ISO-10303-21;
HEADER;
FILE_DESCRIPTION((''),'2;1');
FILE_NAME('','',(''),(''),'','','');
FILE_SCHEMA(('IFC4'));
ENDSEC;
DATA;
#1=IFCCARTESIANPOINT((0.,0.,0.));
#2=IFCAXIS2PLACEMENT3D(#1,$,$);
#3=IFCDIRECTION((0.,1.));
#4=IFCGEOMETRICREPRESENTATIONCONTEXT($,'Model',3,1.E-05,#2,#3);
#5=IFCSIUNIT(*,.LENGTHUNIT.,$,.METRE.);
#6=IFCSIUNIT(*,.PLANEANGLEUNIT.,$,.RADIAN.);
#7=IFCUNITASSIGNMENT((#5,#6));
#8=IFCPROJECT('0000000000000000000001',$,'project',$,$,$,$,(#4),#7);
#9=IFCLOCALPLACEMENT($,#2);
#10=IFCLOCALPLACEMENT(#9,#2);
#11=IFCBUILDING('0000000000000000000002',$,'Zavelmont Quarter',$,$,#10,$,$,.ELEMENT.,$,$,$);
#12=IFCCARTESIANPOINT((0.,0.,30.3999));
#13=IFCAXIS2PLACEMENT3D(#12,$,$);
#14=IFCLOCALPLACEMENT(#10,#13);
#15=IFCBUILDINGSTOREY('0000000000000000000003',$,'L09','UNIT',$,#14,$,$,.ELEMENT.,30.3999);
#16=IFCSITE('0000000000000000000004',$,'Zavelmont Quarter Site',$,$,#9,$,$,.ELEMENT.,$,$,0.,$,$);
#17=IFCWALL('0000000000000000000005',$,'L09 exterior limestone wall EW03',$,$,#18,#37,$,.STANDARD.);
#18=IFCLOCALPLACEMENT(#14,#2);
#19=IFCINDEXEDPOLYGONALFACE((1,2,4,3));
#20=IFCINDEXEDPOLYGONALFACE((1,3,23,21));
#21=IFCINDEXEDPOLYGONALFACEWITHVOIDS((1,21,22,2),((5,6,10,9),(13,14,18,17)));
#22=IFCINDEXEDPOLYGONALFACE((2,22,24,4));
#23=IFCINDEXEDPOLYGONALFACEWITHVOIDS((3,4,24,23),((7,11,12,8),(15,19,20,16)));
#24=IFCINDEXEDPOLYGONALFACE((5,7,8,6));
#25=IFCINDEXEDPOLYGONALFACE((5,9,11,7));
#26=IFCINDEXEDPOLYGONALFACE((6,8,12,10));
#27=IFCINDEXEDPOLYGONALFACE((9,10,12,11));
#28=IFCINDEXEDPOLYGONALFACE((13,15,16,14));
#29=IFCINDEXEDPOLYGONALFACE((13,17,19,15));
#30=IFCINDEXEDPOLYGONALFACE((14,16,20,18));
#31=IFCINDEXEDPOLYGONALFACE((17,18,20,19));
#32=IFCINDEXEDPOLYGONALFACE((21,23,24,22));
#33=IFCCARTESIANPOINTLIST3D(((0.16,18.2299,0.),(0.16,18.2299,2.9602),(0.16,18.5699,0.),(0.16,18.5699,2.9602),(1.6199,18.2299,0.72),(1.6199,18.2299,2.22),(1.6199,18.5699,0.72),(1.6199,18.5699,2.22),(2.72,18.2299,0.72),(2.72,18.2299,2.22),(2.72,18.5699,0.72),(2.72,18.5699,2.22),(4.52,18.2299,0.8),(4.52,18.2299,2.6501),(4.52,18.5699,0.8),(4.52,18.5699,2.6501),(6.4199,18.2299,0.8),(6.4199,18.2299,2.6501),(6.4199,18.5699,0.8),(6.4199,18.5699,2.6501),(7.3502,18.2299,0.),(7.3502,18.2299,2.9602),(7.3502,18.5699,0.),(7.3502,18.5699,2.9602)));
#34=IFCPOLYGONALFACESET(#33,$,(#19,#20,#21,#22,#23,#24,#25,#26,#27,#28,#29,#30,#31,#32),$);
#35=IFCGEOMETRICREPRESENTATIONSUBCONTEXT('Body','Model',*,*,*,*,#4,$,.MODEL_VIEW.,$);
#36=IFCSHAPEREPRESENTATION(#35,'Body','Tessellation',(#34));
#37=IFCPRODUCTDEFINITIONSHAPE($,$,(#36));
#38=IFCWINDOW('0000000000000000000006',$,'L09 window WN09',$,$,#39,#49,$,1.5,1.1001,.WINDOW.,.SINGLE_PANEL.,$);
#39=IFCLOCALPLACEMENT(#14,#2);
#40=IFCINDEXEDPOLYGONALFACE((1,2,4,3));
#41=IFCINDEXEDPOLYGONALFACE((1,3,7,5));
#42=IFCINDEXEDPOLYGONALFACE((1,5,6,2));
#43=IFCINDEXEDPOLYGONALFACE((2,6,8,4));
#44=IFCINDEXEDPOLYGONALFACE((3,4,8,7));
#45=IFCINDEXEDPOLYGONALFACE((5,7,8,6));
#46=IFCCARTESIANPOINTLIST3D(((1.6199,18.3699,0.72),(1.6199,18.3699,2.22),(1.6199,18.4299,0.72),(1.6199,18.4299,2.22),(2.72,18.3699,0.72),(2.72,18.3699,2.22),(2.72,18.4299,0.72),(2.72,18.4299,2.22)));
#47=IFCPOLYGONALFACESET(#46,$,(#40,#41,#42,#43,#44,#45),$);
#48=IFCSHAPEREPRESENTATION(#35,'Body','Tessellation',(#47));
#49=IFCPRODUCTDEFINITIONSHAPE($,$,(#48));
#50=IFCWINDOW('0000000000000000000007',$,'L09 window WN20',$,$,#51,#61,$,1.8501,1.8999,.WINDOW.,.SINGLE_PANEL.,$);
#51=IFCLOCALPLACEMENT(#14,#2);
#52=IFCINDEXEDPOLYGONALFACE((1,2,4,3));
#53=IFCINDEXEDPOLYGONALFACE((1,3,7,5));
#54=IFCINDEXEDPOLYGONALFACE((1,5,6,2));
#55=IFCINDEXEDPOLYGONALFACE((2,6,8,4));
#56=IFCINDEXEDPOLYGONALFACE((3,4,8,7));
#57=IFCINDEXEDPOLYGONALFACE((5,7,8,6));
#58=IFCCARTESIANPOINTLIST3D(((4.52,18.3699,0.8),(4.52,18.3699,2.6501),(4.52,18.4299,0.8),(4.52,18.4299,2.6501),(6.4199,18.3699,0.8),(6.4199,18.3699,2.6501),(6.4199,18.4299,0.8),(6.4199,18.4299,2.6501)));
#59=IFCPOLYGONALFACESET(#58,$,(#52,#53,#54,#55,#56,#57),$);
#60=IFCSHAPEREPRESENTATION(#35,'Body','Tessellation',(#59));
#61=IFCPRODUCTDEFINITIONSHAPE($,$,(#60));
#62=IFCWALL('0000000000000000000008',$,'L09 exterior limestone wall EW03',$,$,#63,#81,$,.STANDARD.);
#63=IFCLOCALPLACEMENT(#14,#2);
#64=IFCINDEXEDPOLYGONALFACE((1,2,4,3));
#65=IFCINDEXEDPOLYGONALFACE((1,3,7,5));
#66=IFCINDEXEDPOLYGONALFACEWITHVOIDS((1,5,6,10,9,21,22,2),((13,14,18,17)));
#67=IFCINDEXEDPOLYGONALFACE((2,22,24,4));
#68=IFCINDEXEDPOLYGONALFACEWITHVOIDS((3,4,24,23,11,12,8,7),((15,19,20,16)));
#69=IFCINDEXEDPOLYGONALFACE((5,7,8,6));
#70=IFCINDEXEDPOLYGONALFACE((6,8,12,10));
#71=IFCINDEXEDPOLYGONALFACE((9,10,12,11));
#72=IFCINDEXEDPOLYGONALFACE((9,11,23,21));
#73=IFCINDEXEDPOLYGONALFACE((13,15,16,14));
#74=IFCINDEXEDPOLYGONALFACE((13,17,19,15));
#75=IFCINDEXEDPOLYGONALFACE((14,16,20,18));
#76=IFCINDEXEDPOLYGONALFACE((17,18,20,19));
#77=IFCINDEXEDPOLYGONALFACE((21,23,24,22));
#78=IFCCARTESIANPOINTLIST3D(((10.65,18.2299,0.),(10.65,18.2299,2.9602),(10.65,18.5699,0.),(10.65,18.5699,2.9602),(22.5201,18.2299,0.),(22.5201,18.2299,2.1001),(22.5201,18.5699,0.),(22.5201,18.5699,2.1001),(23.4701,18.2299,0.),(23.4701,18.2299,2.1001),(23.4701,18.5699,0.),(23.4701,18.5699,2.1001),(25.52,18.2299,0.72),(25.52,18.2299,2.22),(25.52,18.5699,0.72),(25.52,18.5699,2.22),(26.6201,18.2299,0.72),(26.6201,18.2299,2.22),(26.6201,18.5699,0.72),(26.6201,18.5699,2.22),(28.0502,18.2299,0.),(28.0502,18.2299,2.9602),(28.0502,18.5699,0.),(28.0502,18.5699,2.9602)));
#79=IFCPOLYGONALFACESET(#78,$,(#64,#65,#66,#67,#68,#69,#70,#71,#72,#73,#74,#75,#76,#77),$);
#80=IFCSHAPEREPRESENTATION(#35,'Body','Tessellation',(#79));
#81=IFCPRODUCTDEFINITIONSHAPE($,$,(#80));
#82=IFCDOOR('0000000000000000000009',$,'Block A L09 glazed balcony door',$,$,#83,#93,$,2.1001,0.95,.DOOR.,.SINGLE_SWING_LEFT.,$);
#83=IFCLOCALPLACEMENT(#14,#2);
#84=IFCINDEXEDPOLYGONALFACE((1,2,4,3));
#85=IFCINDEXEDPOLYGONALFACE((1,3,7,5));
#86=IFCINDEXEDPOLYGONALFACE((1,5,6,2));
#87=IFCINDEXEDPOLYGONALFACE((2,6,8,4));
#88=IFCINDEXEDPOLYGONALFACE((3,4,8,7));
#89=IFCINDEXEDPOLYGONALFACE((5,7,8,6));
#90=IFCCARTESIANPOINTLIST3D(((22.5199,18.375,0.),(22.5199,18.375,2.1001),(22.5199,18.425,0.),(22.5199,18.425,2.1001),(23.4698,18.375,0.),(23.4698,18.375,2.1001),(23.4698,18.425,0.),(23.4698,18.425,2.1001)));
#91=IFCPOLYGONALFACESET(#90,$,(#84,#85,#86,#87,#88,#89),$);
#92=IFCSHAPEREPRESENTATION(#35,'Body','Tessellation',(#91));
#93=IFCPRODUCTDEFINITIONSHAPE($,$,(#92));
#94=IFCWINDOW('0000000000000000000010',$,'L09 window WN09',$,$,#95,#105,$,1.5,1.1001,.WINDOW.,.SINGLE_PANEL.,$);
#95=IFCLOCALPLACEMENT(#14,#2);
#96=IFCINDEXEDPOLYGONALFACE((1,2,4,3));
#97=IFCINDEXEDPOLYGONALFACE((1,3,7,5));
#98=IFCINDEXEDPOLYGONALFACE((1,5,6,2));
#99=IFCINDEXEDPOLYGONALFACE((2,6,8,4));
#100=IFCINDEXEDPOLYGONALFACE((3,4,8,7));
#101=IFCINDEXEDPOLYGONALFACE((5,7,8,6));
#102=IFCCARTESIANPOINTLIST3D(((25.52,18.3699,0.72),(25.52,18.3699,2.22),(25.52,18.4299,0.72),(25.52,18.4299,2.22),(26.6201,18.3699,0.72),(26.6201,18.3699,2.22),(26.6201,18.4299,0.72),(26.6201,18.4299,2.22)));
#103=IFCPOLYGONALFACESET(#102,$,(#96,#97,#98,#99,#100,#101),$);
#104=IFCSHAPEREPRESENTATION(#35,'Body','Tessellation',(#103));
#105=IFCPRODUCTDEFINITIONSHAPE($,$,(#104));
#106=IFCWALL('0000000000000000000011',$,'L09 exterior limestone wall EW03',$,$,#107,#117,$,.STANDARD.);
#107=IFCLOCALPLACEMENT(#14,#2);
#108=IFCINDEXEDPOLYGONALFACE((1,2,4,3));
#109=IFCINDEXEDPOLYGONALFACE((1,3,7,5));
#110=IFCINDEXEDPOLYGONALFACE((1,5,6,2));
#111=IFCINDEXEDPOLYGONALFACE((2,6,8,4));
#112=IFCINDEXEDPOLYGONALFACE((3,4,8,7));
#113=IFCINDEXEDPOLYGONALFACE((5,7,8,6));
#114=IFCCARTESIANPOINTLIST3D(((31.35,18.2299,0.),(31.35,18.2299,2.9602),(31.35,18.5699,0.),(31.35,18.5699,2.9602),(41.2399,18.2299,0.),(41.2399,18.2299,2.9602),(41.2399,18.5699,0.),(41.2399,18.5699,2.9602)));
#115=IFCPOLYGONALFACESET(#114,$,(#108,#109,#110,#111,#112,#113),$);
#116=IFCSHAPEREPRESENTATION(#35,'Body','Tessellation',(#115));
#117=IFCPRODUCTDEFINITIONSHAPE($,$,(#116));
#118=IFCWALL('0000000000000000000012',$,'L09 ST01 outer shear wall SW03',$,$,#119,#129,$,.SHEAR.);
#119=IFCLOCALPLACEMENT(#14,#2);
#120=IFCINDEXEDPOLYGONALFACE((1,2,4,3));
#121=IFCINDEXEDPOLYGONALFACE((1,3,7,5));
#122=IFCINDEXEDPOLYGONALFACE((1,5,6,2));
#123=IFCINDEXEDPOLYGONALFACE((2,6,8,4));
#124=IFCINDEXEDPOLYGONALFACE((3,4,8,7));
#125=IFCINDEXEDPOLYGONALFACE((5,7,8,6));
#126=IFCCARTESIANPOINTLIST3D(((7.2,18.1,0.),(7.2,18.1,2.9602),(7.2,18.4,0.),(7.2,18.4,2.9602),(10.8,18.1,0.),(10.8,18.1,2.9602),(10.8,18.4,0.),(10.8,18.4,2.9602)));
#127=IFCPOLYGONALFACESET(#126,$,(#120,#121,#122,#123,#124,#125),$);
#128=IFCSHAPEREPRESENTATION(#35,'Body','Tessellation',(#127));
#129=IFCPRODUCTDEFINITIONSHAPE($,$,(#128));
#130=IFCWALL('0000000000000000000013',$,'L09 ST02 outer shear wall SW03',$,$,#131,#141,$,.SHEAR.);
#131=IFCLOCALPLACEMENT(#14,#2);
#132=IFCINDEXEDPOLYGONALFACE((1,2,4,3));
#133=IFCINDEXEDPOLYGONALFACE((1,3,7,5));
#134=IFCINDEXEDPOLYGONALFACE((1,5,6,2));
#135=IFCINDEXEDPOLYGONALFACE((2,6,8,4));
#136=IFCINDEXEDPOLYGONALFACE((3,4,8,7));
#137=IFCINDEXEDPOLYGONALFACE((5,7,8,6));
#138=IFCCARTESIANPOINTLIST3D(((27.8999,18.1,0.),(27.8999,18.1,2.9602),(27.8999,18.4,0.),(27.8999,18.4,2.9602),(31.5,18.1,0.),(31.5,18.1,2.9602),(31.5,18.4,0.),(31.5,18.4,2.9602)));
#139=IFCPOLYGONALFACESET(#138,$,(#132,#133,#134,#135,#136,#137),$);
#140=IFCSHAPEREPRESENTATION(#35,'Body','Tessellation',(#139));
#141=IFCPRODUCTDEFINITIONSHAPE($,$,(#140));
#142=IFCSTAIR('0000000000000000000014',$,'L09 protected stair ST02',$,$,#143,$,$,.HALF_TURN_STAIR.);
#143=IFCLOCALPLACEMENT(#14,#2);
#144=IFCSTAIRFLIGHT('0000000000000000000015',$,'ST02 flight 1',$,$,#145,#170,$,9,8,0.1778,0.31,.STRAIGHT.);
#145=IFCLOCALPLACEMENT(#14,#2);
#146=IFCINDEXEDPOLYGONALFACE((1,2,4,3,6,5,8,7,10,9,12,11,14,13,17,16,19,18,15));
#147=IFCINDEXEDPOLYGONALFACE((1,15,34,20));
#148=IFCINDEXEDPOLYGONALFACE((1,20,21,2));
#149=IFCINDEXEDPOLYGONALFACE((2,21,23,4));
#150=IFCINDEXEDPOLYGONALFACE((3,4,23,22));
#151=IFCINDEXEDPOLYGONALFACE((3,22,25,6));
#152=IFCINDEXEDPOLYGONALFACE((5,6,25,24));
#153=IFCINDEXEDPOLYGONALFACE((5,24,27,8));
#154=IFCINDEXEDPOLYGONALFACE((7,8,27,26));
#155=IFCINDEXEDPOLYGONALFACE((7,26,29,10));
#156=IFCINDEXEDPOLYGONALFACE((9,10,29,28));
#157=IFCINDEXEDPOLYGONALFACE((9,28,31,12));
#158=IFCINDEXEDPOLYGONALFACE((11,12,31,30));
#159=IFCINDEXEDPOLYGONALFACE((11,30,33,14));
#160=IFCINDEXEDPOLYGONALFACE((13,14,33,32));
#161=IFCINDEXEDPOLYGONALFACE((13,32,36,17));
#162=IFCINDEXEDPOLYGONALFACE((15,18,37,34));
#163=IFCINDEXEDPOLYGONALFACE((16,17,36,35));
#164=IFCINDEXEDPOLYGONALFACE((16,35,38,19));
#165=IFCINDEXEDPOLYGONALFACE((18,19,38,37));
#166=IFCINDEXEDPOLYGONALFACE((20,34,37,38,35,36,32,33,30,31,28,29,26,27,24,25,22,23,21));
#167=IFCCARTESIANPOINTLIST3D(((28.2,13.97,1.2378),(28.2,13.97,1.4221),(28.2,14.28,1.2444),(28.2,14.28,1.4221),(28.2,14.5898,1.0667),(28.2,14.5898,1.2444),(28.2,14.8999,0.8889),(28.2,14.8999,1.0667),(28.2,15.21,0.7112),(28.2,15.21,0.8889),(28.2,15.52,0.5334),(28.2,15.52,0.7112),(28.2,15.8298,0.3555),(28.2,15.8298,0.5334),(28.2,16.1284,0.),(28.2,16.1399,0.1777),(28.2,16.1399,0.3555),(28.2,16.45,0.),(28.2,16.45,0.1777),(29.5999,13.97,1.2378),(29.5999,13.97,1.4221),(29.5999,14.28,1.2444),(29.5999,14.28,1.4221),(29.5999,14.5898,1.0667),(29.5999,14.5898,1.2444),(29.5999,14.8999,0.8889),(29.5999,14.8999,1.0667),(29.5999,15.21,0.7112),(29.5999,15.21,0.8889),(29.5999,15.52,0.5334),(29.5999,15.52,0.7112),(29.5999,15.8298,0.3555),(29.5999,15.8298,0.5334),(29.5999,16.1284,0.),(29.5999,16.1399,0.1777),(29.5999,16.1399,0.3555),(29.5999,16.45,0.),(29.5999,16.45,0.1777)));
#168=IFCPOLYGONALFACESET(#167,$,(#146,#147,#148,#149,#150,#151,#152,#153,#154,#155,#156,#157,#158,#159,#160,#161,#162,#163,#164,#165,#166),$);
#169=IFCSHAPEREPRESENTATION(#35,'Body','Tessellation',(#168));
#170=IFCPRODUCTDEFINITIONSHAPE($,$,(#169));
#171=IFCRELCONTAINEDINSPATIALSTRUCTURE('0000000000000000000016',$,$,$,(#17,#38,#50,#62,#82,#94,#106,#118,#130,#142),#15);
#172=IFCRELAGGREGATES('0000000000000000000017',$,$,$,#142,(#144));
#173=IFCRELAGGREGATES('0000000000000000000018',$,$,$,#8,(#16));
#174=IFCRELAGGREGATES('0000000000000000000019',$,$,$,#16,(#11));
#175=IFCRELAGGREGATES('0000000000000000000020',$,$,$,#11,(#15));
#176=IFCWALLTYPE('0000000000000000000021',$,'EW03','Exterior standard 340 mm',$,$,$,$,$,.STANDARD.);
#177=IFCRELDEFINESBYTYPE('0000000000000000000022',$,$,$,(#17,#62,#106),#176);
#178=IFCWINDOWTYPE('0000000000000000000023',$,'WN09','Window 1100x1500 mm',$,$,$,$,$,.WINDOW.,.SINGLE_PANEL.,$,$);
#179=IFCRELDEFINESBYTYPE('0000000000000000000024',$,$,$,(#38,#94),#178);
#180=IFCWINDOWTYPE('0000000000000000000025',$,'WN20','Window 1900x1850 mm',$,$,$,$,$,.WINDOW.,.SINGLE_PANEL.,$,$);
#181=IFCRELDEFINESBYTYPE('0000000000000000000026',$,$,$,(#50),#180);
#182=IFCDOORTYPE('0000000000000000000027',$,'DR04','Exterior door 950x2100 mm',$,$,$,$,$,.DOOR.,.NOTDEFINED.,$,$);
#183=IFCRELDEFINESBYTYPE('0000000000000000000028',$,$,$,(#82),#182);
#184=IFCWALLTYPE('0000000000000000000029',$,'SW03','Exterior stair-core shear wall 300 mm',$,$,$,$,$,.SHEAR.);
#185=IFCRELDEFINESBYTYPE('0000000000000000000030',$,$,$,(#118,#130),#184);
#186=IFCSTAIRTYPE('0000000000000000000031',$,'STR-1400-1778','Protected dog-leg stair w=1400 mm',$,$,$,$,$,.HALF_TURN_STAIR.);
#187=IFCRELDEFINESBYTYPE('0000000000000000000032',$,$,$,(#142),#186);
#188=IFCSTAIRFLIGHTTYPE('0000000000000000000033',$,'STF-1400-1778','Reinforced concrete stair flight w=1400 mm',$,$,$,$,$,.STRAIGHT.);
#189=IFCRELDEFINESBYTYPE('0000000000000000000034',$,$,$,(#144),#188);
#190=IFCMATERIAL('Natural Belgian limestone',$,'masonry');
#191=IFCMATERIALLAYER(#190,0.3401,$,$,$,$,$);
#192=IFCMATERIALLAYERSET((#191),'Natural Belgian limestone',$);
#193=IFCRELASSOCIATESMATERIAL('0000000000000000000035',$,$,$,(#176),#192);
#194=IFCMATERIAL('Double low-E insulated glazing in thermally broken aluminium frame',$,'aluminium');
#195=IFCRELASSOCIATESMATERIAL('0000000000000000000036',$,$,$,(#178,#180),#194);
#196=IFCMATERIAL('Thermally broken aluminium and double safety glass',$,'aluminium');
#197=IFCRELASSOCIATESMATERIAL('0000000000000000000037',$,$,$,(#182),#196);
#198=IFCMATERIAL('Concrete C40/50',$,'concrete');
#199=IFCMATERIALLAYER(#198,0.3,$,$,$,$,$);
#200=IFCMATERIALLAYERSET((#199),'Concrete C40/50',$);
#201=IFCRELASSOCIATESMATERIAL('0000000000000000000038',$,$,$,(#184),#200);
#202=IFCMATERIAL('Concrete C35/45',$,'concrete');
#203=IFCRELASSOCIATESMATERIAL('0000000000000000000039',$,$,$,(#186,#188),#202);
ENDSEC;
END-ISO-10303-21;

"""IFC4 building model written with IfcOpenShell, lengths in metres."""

from ifc_helpers import new_model, si_unit, direction, frame, frame_2d, origin, origin_with_axes, place, context, subcontext, project, spatial, polyline, rectangle, outline, extrude, material, layer, layer_set, type_object, element, fill, aggregate, save


model = new_model("IFC4")

# Units and contexts
model_context = context("Model", 3, precision=1e-05, world=origin(), true_north=direction((0.0, 1.0)))
body_context = subcontext(model_context, "Body", "Model", "MODEL_VIEW")
ifc_project = project(units=[si_unit("LENGTHUNIT", "METRE"), si_unit("PLANEANGLEUNIT", "RADIAN")], contexts=[model_context])

# Site, building, storey
site_placement = place(None, origin())
site = spatial("IfcSite", under=ifc_project, at=site_placement, Name="Zavelmont Quarter Site", CompositionType="ELEMENT", RefElevation=0.0)
building_placement = place(site_placement, origin())
building = spatial("IfcBuilding", under=site, at=building_placement, Name="Zavelmont Quarter", CompositionType="ELEMENT")
storey_placement = place(building_placement, frame((0.0, 0.0, 30.3999)))
storey = spatial("IfcBuildingStorey", under=building, at=storey_placement, Name="L09", Description="UNIT", CompositionType="ELEMENT", Elevation=30.3999)

# Shared definitions
ifc_material_1 = material(Name="Concrete C35/45", Category="concrete")

# Shared definitions
ifc_material_2 = material(Name="Concrete C40/50", Category="concrete")

# Wall, openings, windows
ifc_material_3 = material(Name="Natural Belgian limestone", Category="masonry")
ifc_layer_1 = layer(ifc_material_3, 0.3401)
ifc_layer_set_1 = layer_set([ifc_layer_1], Name="Natural Belgian limestone")
wall_type_1 = type_object("IfcWallType", Name="EW03", Description="Exterior standard 340 mm", PredefinedType="STANDARD", material=ifc_layer_set_1)
wall_1_placement = place(storey_placement, frame((0.1599, 18.3999, 0.0), z_axis=(0.0, 0.0, 1.0), x_axis=(1.0, 0.0, 0.0)))
wall_1 = element("IfcWall", 1, at=wall_1_placement, inside=storey, type_object=wall_type_1, Name="L09 exterior limestone wall EW03", PredefinedType="STANDARD", context=body_context, shape_type="SweptSolid", body=[
    extrude(rectangle(XDim=7.1902, YDim=0.3401, at=frame_2d((3.5952, 0.0))), origin(), (0.0, 0.0, 1.0), 2.9602),
])
opening_1_placement = place(wall_1_placement, frame((1.46, 0.0, 0.72)))
opening_1 = element("IfcOpeningElement", 2, at=opening_1_placement, cuts=wall_1, PredefinedType="OPENING", context=body_context, shape_type="SweptSolid", body=[
    extrude(rectangle(XDim=1.1001, YDim=1.5, at=frame_2d((0.55, 0.75))), frame((0.0, 0.1821, 0.0), z_axis=(0.0, -1.0, 0.0), x_axis=(1.0, 0.0, 0.0)), (0.0, 0.0, 1.0), 0.364),
])
opening_2_placement = place(wall_1_placement, frame((4.3601, 0.0, 0.8)))
opening_2 = element("IfcOpeningElement", 3, at=opening_2_placement, cuts=wall_1, PredefinedType="OPENING", context=body_context, shape_type="SweptSolid", body=[
    extrude(rectangle(XDim=1.8999, YDim=1.8501, at=frame_2d((0.95, 0.925))), frame((0.0, 0.1821, 0.0), z_axis=(0.0, -1.0, 0.0), x_axis=(1.0, 0.0, 0.0)), (0.0, 0.0, 1.0), 0.364),
])
ifc_material_4 = material(Name="Double low-E insulated glazing in thermally broken aluminium frame", Category="aluminium")
window_type_1 = type_object("IfcWindowType", Name="WN09", Description="Window 1100x1500 mm", PartitioningType="SINGLE_PANEL", PredefinedType="WINDOW", material=ifc_material_4)
window_1_placement = place(opening_1_placement, origin_with_axes())
window_1 = element("IfcWindow", 4, at=window_1_placement, inside=storey, type_object=window_type_1, Name="L09 window WN09", OverallHeight=1.5, OverallWidth=1.1001, PartitioningType="SINGLE_PANEL", PredefinedType="WINDOW", context=body_context, shape_type="SweptSolid", body=[
    extrude(rectangle(XDim=1.1001, YDim=1.5, at=frame_2d((0.55, 0.75))), frame((0.0, 0.03, 0.0), z_axis=(0.0, -1.0, 0.0), x_axis=(1.0, 0.0, 0.0)), (0.0, 0.0, 1.0), 0.0601),
])
fill(opening_1, window_1)
window_type_2 = type_object("IfcWindowType", Name="WN20", Description="Window 1900x1850 mm", PartitioningType="SINGLE_PANEL", PredefinedType="WINDOW", material=ifc_material_4)
window_2_placement = place(opening_2_placement, origin_with_axes())
window_2 = element("IfcWindow", 5, at=window_2_placement, inside=storey, type_object=window_type_2, Name="L09 window WN20", OverallHeight=1.8501, OverallWidth=1.8999, PartitioningType="SINGLE_PANEL", PredefinedType="WINDOW", context=body_context, shape_type="SweptSolid", body=[
    extrude(rectangle(XDim=1.8999, YDim=1.8501, at=frame_2d((0.95, 0.925))), frame((0.0, 0.03, 0.0), z_axis=(0.0, -1.0, 0.0), x_axis=(1.0, 0.0, 0.0)), (0.0, 0.0, 1.0), 0.0601),
])
fill(opening_2, window_2)

# Wall, openings, door, window
wall_2_placement = place(storey_placement, frame((10.6499, 18.3999, 0.0), z_axis=(0.0, 0.0, 1.0), x_axis=(1.0, 0.0, 0.0)))
wall_2 = element("IfcWall", 6, at=wall_2_placement, inside=storey, type_object=wall_type_1, Name="L09 exterior limestone wall EW03", PredefinedType="STANDARD", context=body_context, shape_type="SweptSolid", body=[
    extrude(rectangle(XDim=17.4001, YDim=0.3401, at=frame_2d((8.7002, 0.0))), origin(), (0.0, 0.0, 1.0), 2.9602),
])
opening_3_placement = place(wall_2_placement, frame((11.8701, 0.0, 0.0)))
opening_3 = element("IfcOpeningElement", 7, at=opening_3_placement, cuts=wall_2, PredefinedType="OPENING", context=body_context, shape_type="SweptSolid", body=[
    extrude(rectangle(XDim=0.95, YDim=2.1001, at=frame_2d((0.4751, 1.05))), frame((0.0, 0.1821, 0.0), z_axis=(0.0, -1.0, 0.0), x_axis=(1.0, 0.0, 0.0)), (0.0, 0.0, 1.0), 0.364),
])
opening_4_placement = place(wall_2_placement, frame((14.8701, 0.0, 0.72)))
opening_4 = element("IfcOpeningElement", 8, at=opening_4_placement, cuts=wall_2, PredefinedType="OPENING", context=body_context, shape_type="SweptSolid", body=[
    extrude(rectangle(XDim=1.1001, YDim=1.5, at=frame_2d((0.55, 0.75))), frame((0.0, 0.1821, 0.0), z_axis=(0.0, -1.0, 0.0), x_axis=(1.0, 0.0, 0.0)), (0.0, 0.0, 1.0), 0.364),
])
ifc_material_5 = material(Name="Thermally broken aluminium and double safety glass", Category="aluminium")
door_type = type_object("IfcDoorType", Name="DR04", Description="Exterior door 950x2100 mm", OperationType="NOTDEFINED", PredefinedType="DOOR", material=ifc_material_5)
door_placement = place(opening_3_placement, frame((0.95, 0.0, 0.0), z_axis=(0.0, 0.0, 1.0), x_axis=(-1.0, 0.0, 0.0)))
door = element("IfcDoor", 9, at=door_placement, inside=storey, type_object=door_type, Name="Block A L09 glazed balcony door", OperationType="SINGLE_SWING_LEFT", OverallHeight=2.1001, OverallWidth=0.95, PredefinedType="DOOR", context=body_context, shape_type="SweptSolid", body=[
    extrude(rectangle(XDim=0.95, YDim=2.1001, at=frame_2d((0.4751, 1.05))), frame((0.0, 0.0249, 0.0), z_axis=(0.0, -1.0, 0.0), x_axis=(1.0, 0.0, 0.0)), (0.0, 0.0, 1.0), 0.05),
])
fill(opening_3, door)
window_3_placement = place(opening_4_placement, origin_with_axes())
window_3 = element("IfcWindow", 10, at=window_3_placement, inside=storey, type_object=window_type_1, Name="L09 window WN09", OverallHeight=1.5, OverallWidth=1.1001, PartitioningType="SINGLE_PANEL", PredefinedType="WINDOW", context=body_context, shape_type="SweptSolid", body=[
    extrude(rectangle(XDim=1.1001, YDim=1.5, at=frame_2d((0.55, 0.75))), frame((0.0, 0.03, 0.0), z_axis=(0.0, -1.0, 0.0), x_axis=(1.0, 0.0, 0.0)), (0.0, 0.0, 1.0), 0.0601),
])
fill(opening_4, window_3)

# Walls
wall_3_placement = place(storey_placement, frame((31.3501, 18.3999, 0.0), z_axis=(0.0, 0.0, 1.0), x_axis=(1.0, 0.0, 0.0)))
element("IfcWall", 11, at=wall_3_placement, inside=storey, type_object=wall_type_1, Name="L09 exterior limestone wall EW03", PredefinedType="STANDARD", context=body_context, shape_type="SweptSolid", body=[
    extrude(rectangle(XDim=9.8899, YDim=0.3401, at=frame_2d((4.9448, 0.0))), origin(), (0.0, 0.0, 1.0), 2.9602),
])
ifc_layer_2 = layer(ifc_material_2, 0.3)
ifc_layer_set_2 = layer_set([ifc_layer_2], Name="Concrete C40/50")
wall_type_2 = type_object("IfcWallType", Name="SW03", Description="Exterior stair-core shear wall 300 mm", PredefinedType="SHEAR", material=ifc_layer_set_2)
for number, where, z_axis, x_axis, name in (
    (12, (7.2, 18.25, 0.0), (0.0, 0.0, 1.0), (1.0, 0.0, 0.0), "L09 ST01 outer shear wall SW03"),
    (13, (27.8999, 18.25, 0.0), (0.0, 0.0, 1.0), (1.0, 0.0, 0.0), "L09 ST02 outer shear wall SW03"),
):
    element("IfcWall", number, at=place(storey_placement, frame(where, z_axis=z_axis, x_axis=x_axis)), inside=storey, type_object=wall_type_2, Name=name, PredefinedType="SHEAR", context=body_context, shape_type="SweptSolid", body=[
        extrude(rectangle(XDim=3.6001, YDim=0.3, at=frame_2d((1.8, 0.0))), origin(), (0.0, 0.0, 1.0), 2.9602),
    ])

# Stair, stair flight
stair_type = type_object("IfcStairType", Name="STR-1400-1778", Description="Protected dog-leg stair w=1400 mm", PredefinedType="HALF_TURN_STAIR", material=ifc_material_1)
stair_placement = place(storey_placement, origin())
stair = element("IfcStair", 14, at=stair_placement, inside=storey, type_object=stair_type, Name="L09 protected stair ST02", PredefinedType="HALF_TURN_STAIR")
stair_flight_type = type_object("IfcStairFlightType", Name="STF-1400-1778", Description="Reinforced concrete stair flight w=1400 mm", PredefinedType="STRAIGHT", material=ifc_material_1)
stair_flight_placement = place(storey_placement, frame((28.8999, 16.45, 0.0), z_axis=(0.0, 0.0, 1.0), x_axis=(0.0, -1.0, 0.0)))
stair_flight = element("IfcStairFlight", 15, at=stair_flight_placement, type_object=stair_flight_type, Name="ST02 flight 1", NumberOfRisers=9, NumberOfTreads=8, PredefinedType="STRAIGHT", RiserHeight=0.1778, TreadLength=0.31, context=body_context, shape_type="SweptSolid", body=[
    extrude(outline(polyline([(0.0, 0.0), (0.0, 0.1777), (0.3101, 0.1777), (0.3101, 0.3555), (0.6201, 0.3555), (0.6201, 0.5334), (0.9299, 0.5334), (0.9299, 0.7112), (1.24, 0.7112), (1.24, 0.8889), (1.55, 0.8889), (1.55, 1.0667), (1.8601, 1.0667), (1.8601, 1.2444), (2.1699, 1.2444), (2.1699, 1.4221), (2.48, 1.4221), (2.48, 1.6001), (2.48, 1.2378), (0.3215, 0.0), (0.0, 0.0)])), frame((0.0, 0.7, 0.0), z_axis=(0.0, -1.0, 0.0), x_axis=(1.0, 0.0, 0.0)), (0.0, 0.0, 1.0), 1.3999),
])
aggregate(stair, [stair_flight])

save(model, "model.ifc")
